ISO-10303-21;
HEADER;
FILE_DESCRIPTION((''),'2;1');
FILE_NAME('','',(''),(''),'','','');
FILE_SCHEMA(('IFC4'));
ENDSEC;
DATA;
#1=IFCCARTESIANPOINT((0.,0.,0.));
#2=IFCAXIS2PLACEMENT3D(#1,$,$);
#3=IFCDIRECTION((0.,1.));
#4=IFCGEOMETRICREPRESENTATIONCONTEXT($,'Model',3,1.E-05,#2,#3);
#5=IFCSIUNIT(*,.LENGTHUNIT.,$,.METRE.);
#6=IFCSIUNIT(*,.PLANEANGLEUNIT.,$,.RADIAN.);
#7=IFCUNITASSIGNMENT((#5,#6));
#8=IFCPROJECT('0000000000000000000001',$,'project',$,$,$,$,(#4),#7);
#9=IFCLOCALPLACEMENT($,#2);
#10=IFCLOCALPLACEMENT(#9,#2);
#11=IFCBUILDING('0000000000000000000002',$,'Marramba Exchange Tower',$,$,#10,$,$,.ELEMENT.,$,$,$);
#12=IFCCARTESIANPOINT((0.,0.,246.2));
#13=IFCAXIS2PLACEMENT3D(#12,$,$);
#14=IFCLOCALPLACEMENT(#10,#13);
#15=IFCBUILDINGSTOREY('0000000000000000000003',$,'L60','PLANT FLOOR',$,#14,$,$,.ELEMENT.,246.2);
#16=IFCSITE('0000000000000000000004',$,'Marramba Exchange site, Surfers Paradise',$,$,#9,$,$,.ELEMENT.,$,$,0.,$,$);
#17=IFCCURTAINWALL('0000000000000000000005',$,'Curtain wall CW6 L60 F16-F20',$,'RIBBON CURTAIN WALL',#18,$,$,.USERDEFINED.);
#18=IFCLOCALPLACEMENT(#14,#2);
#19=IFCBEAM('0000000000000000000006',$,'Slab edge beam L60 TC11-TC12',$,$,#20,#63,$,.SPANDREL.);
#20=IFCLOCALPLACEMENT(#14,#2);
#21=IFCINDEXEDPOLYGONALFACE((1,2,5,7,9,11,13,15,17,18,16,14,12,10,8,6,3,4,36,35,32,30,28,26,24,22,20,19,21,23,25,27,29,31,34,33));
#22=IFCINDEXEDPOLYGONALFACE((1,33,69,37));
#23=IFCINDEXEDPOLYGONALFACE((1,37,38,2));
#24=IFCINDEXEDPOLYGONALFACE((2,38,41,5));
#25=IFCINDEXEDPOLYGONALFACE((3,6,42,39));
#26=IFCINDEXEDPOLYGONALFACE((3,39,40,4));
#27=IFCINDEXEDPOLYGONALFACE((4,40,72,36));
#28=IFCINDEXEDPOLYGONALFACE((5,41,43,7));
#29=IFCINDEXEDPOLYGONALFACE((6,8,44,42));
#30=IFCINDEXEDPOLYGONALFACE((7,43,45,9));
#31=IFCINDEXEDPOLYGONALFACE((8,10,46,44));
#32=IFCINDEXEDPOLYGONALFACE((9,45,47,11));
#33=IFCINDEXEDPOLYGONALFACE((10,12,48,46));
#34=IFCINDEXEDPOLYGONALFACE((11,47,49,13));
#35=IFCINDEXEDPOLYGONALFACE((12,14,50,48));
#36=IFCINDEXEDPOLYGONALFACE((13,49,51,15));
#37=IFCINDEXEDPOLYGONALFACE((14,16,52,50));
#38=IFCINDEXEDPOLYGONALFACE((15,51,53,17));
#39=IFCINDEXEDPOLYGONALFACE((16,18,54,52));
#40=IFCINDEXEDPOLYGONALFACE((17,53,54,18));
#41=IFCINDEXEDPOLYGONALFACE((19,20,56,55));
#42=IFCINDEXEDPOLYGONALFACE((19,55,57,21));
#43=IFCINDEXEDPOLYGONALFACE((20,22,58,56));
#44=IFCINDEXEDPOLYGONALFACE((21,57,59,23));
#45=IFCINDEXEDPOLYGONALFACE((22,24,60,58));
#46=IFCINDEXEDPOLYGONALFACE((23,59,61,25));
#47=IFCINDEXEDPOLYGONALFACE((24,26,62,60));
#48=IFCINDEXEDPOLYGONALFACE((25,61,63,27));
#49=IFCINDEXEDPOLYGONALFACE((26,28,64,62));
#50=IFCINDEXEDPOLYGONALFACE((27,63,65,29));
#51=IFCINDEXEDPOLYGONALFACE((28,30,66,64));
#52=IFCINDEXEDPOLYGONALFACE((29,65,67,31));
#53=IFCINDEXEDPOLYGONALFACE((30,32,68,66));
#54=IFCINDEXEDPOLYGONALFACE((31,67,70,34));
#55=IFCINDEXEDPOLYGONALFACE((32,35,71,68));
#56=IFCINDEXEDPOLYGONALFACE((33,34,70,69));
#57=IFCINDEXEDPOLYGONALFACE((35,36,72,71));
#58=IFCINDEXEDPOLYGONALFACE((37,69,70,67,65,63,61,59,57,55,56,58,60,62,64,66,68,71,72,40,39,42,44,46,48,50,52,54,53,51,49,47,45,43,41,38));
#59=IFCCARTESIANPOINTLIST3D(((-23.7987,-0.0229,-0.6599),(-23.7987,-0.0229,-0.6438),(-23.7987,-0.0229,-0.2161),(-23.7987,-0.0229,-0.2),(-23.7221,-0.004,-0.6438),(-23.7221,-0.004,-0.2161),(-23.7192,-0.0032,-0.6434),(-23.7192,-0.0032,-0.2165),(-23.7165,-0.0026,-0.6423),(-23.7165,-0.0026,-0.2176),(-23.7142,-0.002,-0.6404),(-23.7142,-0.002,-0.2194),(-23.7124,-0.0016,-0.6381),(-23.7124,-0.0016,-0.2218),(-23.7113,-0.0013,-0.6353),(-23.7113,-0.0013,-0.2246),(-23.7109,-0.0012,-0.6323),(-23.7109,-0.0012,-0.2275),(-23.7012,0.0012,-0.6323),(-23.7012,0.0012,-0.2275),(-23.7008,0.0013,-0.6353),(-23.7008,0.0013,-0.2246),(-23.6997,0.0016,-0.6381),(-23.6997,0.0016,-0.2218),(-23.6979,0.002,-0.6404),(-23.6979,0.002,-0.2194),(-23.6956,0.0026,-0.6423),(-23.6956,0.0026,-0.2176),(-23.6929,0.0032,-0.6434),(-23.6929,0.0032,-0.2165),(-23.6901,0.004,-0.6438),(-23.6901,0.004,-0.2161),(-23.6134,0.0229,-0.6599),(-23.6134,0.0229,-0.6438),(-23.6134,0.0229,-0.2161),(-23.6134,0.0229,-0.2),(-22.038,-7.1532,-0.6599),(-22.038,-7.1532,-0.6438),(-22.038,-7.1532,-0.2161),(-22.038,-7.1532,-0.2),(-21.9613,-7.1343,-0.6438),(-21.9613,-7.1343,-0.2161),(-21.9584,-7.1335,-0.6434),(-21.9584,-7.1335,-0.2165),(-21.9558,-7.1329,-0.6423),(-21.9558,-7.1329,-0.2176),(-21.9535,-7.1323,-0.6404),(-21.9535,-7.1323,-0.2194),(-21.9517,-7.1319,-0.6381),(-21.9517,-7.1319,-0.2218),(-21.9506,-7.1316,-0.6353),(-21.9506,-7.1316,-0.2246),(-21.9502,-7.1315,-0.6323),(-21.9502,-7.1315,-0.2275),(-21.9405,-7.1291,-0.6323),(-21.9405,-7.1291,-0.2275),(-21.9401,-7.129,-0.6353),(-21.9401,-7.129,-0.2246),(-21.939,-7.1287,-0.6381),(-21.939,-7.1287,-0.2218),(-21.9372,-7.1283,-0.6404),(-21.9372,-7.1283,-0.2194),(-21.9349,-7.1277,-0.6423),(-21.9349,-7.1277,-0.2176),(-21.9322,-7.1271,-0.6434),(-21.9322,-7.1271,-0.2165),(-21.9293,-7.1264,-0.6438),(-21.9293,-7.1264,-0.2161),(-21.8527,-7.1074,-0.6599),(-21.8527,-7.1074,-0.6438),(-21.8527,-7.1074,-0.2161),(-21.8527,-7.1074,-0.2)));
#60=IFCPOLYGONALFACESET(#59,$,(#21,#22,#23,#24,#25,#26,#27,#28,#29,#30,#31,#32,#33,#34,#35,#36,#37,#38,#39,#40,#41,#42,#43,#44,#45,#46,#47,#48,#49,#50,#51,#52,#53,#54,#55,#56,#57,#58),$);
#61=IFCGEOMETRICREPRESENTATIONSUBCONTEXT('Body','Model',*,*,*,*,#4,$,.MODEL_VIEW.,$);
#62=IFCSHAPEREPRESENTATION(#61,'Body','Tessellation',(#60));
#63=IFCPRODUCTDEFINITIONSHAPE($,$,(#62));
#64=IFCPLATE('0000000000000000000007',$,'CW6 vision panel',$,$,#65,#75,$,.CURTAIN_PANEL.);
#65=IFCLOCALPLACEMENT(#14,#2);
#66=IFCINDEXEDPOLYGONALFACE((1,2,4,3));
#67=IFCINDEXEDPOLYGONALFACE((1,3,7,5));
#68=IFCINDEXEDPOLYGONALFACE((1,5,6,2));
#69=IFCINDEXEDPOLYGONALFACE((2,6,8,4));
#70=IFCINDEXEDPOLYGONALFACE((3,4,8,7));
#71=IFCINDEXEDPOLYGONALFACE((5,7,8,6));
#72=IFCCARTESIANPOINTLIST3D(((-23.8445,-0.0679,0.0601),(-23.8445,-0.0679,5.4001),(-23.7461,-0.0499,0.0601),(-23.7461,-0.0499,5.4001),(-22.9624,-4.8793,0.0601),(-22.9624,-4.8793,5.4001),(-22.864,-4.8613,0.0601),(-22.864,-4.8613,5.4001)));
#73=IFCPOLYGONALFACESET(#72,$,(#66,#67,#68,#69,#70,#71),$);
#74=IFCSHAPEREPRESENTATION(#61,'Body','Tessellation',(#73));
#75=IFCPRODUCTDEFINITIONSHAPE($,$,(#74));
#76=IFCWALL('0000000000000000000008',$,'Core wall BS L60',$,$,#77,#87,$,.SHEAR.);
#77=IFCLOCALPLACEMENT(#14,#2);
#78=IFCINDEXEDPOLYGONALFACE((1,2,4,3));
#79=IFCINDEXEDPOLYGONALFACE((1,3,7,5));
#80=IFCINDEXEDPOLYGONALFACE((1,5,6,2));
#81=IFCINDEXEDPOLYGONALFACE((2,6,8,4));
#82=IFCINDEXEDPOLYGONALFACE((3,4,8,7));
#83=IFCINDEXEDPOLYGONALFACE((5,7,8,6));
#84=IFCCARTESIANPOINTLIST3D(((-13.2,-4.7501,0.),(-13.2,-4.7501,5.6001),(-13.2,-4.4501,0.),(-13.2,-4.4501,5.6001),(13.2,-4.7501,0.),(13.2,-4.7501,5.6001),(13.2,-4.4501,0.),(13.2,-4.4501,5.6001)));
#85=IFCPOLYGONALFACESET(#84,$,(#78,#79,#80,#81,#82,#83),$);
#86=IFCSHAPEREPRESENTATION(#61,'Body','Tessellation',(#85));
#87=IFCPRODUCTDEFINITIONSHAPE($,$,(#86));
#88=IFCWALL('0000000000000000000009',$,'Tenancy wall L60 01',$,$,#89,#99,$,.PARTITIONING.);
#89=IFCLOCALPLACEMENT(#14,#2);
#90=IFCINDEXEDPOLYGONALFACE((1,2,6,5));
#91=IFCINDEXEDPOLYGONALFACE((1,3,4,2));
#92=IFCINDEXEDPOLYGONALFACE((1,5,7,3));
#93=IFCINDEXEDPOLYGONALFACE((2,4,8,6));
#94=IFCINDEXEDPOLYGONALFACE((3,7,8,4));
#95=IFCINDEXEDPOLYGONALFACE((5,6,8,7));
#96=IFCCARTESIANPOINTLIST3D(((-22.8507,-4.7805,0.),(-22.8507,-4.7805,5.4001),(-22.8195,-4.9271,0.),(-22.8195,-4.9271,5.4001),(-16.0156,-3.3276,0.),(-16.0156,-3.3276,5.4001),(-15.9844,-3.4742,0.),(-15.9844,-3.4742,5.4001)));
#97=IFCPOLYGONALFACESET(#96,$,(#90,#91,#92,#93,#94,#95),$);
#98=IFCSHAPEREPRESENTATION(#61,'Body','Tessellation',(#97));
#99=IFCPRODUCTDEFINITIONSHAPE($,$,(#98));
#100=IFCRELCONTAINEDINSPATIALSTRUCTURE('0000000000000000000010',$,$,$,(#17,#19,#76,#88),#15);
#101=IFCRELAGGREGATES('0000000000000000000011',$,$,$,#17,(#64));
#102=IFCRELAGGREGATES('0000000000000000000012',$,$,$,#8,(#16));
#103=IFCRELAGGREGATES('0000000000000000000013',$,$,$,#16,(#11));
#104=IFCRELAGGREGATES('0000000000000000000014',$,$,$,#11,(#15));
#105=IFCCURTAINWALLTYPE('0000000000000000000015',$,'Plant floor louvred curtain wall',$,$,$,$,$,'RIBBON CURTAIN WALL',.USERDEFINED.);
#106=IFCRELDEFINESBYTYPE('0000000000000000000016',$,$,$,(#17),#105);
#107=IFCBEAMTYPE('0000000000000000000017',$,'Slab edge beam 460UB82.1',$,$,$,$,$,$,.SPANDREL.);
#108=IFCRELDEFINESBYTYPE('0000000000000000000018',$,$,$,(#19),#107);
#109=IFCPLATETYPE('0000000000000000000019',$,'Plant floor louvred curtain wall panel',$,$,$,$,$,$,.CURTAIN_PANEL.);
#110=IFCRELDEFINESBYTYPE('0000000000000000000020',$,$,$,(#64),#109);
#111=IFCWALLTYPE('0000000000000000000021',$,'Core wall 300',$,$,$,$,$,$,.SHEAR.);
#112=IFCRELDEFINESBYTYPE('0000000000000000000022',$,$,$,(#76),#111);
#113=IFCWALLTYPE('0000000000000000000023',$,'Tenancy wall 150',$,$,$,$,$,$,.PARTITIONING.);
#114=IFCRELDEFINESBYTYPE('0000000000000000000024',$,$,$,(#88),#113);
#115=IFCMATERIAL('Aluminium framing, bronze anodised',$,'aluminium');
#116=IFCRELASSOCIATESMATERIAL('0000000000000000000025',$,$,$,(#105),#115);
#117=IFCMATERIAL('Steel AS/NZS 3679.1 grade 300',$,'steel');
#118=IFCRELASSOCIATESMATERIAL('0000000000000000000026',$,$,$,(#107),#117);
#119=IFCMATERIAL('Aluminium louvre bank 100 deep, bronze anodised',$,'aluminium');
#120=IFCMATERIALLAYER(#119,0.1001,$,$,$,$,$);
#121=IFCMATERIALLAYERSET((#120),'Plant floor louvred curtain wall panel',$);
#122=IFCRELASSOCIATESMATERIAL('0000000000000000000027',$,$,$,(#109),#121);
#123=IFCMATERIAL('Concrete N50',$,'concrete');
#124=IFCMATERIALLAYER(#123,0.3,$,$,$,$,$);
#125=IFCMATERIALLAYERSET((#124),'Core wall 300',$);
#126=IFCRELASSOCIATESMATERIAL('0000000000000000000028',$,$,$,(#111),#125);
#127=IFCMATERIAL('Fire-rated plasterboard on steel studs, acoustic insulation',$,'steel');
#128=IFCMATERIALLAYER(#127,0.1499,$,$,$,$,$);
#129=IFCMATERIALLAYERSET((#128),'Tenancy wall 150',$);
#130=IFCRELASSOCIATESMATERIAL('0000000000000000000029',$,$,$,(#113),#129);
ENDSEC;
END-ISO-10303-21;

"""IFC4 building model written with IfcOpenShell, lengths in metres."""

from ifc_helpers import new_model, si_unit, direction, frame, frame_2d, origin, origin_2d, place, context, subcontext, project, spatial, rectangle, i_section, extrude, material, layer, layer_set, material_profile, profile_set, type_object, element, aggregate, save


model = new_model("IFC4")

# Units and contexts
model_context = context("Model", 3, precision=1e-05, world=origin(), true_north=direction((0.0, 1.0)))
body_context = subcontext(model_context, "Body", "Model", "MODEL_VIEW")
ifc_project = project(units=[si_unit("LENGTHUNIT", "METRE"), si_unit("PLANEANGLEUNIT", "RADIAN")], contexts=[model_context])

# Site, building, storey
site_placement = place(None, origin())
site = spatial("IfcSite", under=ifc_project, at=site_placement, Name="Marramba Exchange site, Surfers Paradise", CompositionType="ELEMENT", RefElevation=0.0)
building_placement = place(site_placement, origin())
building = spatial("IfcBuilding", under=site, at=building_placement, Name="Marramba Exchange Tower", CompositionType="ELEMENT")
storey_placement = place(building_placement, frame((0.0, 0.0, 246.2)))
storey = spatial("IfcBuildingStorey", under=building, at=storey_placement, Name="L60", Description="PLANT FLOOR", CompositionType="ELEMENT", Elevation=246.2)

# Shared definitions
ifc_material_1 = material(Name="Concrete N50", Category="concrete")

# Shared definitions
ifc_material_2 = material(Name="Steel AS/NZS 3679.1 grade 300", Category="steel")

# Curtain wall
ifc_material_3 = material(Name="Aluminium framing, bronze anodised", Category="aluminium")
curtain_wall_type = type_object("IfcCurtainWallType", Name="Plant floor louvred curtain wall", ElementType="RIBBON CURTAIN WALL", PredefinedType="USERDEFINED", material=ifc_material_3)
curtain_wall_placement = place(storey_placement, origin())
curtain_wall = element("IfcCurtainWall", 1, at=curtain_wall_placement, inside=storey, type_object=curtain_wall_type, Name="Curtain wall CW6 L60 F16-F20", ObjectType="RIBBON CURTAIN WALL", PredefinedType="USERDEFINED")

# Beam
ifc_material_profile_1 = material_profile(ifc_material_2, i_section(OverallWidth=0.1909, OverallDepth=0.46, WebThickness=0.01, FlangeThickness=0.0161, FilletRadius=0.0115, at=origin_2d()), Name="460UB82.1")
ifc_profile_set_1 = profile_set([ifc_material_profile_1], Name="Steel AS/NZS 3679.1 grade 300")
beam_type_1 = type_object("IfcBeamType", Name="Slab edge beam 460UB82.1", PredefinedType="SPANDREL", material=ifc_profile_set_1)
beam_1_placement = place(storey_placement, frame((-23.7061, 0.0, -0.4299), z_axis=(0.239735, -0.970838, 0.0), x_axis=(0.970838, 0.239735, 0.0)))
element("IfcBeam", 2, at=beam_1_placement, inside=storey, type_object=beam_type_1, Name="Slab edge beam L60 TC11-TC12", PredefinedType="SPANDREL", context=body_context, shape_type="SweptSolid", body=[
    extrude(i_section(OverallWidth=0.1909, OverallDepth=0.46, WebThickness=0.01, FlangeThickness=0.0161, FilletRadius=0.0115, at=origin_2d()), origin(), (0.0, 0.0, 1.0), 7.3445),
])

# Plate
ifc_material_4 = material(Name="Aluminium louvre bank 100 deep, bronze anodised", Category="aluminium")
ifc_layer_1 = layer(ifc_material_4, 0.1001)
ifc_layer_set_1 = layer_set([ifc_layer_1], Name="Plant floor louvred curtain wall panel")
plate_type = type_object("IfcPlateType", Name="Plant floor louvred curtain wall panel", PredefinedType="CURTAIN_PANEL", material=ifc_layer_set_1)
plate_placement = place(storey_placement, frame((-23.3542, -2.4646, 0.0601), z_axis=(0.0, 0.0, 1.0), x_axis=(0.180327, -0.983607, 0.0)))
plate = element("IfcPlate", 3, at=plate_placement, type_object=plate_type, Name="CW6 vision panel", PredefinedType="CURTAIN_PANEL", context=body_context, shape_type="SweptSolid", body=[
    extrude(rectangle(XDim=4.8916, YDim=0.1001, at=origin_2d()), origin(), (0.0, 0.0, 1.0), 5.3401),
])
aggregate(curtain_wall, [plate])

# Walls
ifc_layer_2 = layer(ifc_material_1, 0.3)
ifc_layer_set_2 = layer_set([ifc_layer_2], Name="Core wall 300")
wall_type_1 = type_object("IfcWallType", Name="Core wall 300", PredefinedType="SHEAR", material=ifc_layer_set_2)
wall_1_placement = place(storey_placement, frame((-13.2, -4.6001, 0.0), z_axis=(0.0, 0.0, 1.0), x_axis=(1.0, 0.0, 0.0)))
element("IfcWall", 4, at=wall_1_placement, inside=storey, type_object=wall_type_1, Name="Core wall BS L60", PredefinedType="SHEAR", context=body_context, shape_type="SweptSolid", body=[
    extrude(rectangle(XDim=26.3999, YDim=0.3, at=frame_2d((13.2, 0.0))), origin(), (0.0, 0.0, 1.0), 5.6001),
])
ifc_material_5 = material(Name="Fire-rated plasterboard on steel studs, acoustic insulation", Category="steel")
ifc_layer_3 = layer(ifc_material_5, 0.1499)
ifc_layer_set_3 = layer_set([ifc_layer_3], Name="Tenancy wall 150")
wall_type_2 = type_object("IfcWallType", Name="Tenancy wall 150", PredefinedType="PARTITIONING", material=ifc_layer_set_3)
wall_2_placement = place(storey_placement, frame((-16.0, -3.4009, 0.0), z_axis=(0.0, 0.0, 1.0), x_axis=(-0.978146, -0.207921, 0.0)))
element("IfcWall", 5, at=wall_2_placement, inside=storey, type_object=wall_type_2, Name="Tenancy wall L60 01", PredefinedType="PARTITIONING", context=body_context, shape_type="SweptSolid", body=[
    extrude(rectangle(XDim=6.9878, YDim=0.1499, at=frame_2d((3.4939, 0.0))), origin(), (0.0, 0.0, 1.0), 5.4001),
])

save(model, "model.ifc")
